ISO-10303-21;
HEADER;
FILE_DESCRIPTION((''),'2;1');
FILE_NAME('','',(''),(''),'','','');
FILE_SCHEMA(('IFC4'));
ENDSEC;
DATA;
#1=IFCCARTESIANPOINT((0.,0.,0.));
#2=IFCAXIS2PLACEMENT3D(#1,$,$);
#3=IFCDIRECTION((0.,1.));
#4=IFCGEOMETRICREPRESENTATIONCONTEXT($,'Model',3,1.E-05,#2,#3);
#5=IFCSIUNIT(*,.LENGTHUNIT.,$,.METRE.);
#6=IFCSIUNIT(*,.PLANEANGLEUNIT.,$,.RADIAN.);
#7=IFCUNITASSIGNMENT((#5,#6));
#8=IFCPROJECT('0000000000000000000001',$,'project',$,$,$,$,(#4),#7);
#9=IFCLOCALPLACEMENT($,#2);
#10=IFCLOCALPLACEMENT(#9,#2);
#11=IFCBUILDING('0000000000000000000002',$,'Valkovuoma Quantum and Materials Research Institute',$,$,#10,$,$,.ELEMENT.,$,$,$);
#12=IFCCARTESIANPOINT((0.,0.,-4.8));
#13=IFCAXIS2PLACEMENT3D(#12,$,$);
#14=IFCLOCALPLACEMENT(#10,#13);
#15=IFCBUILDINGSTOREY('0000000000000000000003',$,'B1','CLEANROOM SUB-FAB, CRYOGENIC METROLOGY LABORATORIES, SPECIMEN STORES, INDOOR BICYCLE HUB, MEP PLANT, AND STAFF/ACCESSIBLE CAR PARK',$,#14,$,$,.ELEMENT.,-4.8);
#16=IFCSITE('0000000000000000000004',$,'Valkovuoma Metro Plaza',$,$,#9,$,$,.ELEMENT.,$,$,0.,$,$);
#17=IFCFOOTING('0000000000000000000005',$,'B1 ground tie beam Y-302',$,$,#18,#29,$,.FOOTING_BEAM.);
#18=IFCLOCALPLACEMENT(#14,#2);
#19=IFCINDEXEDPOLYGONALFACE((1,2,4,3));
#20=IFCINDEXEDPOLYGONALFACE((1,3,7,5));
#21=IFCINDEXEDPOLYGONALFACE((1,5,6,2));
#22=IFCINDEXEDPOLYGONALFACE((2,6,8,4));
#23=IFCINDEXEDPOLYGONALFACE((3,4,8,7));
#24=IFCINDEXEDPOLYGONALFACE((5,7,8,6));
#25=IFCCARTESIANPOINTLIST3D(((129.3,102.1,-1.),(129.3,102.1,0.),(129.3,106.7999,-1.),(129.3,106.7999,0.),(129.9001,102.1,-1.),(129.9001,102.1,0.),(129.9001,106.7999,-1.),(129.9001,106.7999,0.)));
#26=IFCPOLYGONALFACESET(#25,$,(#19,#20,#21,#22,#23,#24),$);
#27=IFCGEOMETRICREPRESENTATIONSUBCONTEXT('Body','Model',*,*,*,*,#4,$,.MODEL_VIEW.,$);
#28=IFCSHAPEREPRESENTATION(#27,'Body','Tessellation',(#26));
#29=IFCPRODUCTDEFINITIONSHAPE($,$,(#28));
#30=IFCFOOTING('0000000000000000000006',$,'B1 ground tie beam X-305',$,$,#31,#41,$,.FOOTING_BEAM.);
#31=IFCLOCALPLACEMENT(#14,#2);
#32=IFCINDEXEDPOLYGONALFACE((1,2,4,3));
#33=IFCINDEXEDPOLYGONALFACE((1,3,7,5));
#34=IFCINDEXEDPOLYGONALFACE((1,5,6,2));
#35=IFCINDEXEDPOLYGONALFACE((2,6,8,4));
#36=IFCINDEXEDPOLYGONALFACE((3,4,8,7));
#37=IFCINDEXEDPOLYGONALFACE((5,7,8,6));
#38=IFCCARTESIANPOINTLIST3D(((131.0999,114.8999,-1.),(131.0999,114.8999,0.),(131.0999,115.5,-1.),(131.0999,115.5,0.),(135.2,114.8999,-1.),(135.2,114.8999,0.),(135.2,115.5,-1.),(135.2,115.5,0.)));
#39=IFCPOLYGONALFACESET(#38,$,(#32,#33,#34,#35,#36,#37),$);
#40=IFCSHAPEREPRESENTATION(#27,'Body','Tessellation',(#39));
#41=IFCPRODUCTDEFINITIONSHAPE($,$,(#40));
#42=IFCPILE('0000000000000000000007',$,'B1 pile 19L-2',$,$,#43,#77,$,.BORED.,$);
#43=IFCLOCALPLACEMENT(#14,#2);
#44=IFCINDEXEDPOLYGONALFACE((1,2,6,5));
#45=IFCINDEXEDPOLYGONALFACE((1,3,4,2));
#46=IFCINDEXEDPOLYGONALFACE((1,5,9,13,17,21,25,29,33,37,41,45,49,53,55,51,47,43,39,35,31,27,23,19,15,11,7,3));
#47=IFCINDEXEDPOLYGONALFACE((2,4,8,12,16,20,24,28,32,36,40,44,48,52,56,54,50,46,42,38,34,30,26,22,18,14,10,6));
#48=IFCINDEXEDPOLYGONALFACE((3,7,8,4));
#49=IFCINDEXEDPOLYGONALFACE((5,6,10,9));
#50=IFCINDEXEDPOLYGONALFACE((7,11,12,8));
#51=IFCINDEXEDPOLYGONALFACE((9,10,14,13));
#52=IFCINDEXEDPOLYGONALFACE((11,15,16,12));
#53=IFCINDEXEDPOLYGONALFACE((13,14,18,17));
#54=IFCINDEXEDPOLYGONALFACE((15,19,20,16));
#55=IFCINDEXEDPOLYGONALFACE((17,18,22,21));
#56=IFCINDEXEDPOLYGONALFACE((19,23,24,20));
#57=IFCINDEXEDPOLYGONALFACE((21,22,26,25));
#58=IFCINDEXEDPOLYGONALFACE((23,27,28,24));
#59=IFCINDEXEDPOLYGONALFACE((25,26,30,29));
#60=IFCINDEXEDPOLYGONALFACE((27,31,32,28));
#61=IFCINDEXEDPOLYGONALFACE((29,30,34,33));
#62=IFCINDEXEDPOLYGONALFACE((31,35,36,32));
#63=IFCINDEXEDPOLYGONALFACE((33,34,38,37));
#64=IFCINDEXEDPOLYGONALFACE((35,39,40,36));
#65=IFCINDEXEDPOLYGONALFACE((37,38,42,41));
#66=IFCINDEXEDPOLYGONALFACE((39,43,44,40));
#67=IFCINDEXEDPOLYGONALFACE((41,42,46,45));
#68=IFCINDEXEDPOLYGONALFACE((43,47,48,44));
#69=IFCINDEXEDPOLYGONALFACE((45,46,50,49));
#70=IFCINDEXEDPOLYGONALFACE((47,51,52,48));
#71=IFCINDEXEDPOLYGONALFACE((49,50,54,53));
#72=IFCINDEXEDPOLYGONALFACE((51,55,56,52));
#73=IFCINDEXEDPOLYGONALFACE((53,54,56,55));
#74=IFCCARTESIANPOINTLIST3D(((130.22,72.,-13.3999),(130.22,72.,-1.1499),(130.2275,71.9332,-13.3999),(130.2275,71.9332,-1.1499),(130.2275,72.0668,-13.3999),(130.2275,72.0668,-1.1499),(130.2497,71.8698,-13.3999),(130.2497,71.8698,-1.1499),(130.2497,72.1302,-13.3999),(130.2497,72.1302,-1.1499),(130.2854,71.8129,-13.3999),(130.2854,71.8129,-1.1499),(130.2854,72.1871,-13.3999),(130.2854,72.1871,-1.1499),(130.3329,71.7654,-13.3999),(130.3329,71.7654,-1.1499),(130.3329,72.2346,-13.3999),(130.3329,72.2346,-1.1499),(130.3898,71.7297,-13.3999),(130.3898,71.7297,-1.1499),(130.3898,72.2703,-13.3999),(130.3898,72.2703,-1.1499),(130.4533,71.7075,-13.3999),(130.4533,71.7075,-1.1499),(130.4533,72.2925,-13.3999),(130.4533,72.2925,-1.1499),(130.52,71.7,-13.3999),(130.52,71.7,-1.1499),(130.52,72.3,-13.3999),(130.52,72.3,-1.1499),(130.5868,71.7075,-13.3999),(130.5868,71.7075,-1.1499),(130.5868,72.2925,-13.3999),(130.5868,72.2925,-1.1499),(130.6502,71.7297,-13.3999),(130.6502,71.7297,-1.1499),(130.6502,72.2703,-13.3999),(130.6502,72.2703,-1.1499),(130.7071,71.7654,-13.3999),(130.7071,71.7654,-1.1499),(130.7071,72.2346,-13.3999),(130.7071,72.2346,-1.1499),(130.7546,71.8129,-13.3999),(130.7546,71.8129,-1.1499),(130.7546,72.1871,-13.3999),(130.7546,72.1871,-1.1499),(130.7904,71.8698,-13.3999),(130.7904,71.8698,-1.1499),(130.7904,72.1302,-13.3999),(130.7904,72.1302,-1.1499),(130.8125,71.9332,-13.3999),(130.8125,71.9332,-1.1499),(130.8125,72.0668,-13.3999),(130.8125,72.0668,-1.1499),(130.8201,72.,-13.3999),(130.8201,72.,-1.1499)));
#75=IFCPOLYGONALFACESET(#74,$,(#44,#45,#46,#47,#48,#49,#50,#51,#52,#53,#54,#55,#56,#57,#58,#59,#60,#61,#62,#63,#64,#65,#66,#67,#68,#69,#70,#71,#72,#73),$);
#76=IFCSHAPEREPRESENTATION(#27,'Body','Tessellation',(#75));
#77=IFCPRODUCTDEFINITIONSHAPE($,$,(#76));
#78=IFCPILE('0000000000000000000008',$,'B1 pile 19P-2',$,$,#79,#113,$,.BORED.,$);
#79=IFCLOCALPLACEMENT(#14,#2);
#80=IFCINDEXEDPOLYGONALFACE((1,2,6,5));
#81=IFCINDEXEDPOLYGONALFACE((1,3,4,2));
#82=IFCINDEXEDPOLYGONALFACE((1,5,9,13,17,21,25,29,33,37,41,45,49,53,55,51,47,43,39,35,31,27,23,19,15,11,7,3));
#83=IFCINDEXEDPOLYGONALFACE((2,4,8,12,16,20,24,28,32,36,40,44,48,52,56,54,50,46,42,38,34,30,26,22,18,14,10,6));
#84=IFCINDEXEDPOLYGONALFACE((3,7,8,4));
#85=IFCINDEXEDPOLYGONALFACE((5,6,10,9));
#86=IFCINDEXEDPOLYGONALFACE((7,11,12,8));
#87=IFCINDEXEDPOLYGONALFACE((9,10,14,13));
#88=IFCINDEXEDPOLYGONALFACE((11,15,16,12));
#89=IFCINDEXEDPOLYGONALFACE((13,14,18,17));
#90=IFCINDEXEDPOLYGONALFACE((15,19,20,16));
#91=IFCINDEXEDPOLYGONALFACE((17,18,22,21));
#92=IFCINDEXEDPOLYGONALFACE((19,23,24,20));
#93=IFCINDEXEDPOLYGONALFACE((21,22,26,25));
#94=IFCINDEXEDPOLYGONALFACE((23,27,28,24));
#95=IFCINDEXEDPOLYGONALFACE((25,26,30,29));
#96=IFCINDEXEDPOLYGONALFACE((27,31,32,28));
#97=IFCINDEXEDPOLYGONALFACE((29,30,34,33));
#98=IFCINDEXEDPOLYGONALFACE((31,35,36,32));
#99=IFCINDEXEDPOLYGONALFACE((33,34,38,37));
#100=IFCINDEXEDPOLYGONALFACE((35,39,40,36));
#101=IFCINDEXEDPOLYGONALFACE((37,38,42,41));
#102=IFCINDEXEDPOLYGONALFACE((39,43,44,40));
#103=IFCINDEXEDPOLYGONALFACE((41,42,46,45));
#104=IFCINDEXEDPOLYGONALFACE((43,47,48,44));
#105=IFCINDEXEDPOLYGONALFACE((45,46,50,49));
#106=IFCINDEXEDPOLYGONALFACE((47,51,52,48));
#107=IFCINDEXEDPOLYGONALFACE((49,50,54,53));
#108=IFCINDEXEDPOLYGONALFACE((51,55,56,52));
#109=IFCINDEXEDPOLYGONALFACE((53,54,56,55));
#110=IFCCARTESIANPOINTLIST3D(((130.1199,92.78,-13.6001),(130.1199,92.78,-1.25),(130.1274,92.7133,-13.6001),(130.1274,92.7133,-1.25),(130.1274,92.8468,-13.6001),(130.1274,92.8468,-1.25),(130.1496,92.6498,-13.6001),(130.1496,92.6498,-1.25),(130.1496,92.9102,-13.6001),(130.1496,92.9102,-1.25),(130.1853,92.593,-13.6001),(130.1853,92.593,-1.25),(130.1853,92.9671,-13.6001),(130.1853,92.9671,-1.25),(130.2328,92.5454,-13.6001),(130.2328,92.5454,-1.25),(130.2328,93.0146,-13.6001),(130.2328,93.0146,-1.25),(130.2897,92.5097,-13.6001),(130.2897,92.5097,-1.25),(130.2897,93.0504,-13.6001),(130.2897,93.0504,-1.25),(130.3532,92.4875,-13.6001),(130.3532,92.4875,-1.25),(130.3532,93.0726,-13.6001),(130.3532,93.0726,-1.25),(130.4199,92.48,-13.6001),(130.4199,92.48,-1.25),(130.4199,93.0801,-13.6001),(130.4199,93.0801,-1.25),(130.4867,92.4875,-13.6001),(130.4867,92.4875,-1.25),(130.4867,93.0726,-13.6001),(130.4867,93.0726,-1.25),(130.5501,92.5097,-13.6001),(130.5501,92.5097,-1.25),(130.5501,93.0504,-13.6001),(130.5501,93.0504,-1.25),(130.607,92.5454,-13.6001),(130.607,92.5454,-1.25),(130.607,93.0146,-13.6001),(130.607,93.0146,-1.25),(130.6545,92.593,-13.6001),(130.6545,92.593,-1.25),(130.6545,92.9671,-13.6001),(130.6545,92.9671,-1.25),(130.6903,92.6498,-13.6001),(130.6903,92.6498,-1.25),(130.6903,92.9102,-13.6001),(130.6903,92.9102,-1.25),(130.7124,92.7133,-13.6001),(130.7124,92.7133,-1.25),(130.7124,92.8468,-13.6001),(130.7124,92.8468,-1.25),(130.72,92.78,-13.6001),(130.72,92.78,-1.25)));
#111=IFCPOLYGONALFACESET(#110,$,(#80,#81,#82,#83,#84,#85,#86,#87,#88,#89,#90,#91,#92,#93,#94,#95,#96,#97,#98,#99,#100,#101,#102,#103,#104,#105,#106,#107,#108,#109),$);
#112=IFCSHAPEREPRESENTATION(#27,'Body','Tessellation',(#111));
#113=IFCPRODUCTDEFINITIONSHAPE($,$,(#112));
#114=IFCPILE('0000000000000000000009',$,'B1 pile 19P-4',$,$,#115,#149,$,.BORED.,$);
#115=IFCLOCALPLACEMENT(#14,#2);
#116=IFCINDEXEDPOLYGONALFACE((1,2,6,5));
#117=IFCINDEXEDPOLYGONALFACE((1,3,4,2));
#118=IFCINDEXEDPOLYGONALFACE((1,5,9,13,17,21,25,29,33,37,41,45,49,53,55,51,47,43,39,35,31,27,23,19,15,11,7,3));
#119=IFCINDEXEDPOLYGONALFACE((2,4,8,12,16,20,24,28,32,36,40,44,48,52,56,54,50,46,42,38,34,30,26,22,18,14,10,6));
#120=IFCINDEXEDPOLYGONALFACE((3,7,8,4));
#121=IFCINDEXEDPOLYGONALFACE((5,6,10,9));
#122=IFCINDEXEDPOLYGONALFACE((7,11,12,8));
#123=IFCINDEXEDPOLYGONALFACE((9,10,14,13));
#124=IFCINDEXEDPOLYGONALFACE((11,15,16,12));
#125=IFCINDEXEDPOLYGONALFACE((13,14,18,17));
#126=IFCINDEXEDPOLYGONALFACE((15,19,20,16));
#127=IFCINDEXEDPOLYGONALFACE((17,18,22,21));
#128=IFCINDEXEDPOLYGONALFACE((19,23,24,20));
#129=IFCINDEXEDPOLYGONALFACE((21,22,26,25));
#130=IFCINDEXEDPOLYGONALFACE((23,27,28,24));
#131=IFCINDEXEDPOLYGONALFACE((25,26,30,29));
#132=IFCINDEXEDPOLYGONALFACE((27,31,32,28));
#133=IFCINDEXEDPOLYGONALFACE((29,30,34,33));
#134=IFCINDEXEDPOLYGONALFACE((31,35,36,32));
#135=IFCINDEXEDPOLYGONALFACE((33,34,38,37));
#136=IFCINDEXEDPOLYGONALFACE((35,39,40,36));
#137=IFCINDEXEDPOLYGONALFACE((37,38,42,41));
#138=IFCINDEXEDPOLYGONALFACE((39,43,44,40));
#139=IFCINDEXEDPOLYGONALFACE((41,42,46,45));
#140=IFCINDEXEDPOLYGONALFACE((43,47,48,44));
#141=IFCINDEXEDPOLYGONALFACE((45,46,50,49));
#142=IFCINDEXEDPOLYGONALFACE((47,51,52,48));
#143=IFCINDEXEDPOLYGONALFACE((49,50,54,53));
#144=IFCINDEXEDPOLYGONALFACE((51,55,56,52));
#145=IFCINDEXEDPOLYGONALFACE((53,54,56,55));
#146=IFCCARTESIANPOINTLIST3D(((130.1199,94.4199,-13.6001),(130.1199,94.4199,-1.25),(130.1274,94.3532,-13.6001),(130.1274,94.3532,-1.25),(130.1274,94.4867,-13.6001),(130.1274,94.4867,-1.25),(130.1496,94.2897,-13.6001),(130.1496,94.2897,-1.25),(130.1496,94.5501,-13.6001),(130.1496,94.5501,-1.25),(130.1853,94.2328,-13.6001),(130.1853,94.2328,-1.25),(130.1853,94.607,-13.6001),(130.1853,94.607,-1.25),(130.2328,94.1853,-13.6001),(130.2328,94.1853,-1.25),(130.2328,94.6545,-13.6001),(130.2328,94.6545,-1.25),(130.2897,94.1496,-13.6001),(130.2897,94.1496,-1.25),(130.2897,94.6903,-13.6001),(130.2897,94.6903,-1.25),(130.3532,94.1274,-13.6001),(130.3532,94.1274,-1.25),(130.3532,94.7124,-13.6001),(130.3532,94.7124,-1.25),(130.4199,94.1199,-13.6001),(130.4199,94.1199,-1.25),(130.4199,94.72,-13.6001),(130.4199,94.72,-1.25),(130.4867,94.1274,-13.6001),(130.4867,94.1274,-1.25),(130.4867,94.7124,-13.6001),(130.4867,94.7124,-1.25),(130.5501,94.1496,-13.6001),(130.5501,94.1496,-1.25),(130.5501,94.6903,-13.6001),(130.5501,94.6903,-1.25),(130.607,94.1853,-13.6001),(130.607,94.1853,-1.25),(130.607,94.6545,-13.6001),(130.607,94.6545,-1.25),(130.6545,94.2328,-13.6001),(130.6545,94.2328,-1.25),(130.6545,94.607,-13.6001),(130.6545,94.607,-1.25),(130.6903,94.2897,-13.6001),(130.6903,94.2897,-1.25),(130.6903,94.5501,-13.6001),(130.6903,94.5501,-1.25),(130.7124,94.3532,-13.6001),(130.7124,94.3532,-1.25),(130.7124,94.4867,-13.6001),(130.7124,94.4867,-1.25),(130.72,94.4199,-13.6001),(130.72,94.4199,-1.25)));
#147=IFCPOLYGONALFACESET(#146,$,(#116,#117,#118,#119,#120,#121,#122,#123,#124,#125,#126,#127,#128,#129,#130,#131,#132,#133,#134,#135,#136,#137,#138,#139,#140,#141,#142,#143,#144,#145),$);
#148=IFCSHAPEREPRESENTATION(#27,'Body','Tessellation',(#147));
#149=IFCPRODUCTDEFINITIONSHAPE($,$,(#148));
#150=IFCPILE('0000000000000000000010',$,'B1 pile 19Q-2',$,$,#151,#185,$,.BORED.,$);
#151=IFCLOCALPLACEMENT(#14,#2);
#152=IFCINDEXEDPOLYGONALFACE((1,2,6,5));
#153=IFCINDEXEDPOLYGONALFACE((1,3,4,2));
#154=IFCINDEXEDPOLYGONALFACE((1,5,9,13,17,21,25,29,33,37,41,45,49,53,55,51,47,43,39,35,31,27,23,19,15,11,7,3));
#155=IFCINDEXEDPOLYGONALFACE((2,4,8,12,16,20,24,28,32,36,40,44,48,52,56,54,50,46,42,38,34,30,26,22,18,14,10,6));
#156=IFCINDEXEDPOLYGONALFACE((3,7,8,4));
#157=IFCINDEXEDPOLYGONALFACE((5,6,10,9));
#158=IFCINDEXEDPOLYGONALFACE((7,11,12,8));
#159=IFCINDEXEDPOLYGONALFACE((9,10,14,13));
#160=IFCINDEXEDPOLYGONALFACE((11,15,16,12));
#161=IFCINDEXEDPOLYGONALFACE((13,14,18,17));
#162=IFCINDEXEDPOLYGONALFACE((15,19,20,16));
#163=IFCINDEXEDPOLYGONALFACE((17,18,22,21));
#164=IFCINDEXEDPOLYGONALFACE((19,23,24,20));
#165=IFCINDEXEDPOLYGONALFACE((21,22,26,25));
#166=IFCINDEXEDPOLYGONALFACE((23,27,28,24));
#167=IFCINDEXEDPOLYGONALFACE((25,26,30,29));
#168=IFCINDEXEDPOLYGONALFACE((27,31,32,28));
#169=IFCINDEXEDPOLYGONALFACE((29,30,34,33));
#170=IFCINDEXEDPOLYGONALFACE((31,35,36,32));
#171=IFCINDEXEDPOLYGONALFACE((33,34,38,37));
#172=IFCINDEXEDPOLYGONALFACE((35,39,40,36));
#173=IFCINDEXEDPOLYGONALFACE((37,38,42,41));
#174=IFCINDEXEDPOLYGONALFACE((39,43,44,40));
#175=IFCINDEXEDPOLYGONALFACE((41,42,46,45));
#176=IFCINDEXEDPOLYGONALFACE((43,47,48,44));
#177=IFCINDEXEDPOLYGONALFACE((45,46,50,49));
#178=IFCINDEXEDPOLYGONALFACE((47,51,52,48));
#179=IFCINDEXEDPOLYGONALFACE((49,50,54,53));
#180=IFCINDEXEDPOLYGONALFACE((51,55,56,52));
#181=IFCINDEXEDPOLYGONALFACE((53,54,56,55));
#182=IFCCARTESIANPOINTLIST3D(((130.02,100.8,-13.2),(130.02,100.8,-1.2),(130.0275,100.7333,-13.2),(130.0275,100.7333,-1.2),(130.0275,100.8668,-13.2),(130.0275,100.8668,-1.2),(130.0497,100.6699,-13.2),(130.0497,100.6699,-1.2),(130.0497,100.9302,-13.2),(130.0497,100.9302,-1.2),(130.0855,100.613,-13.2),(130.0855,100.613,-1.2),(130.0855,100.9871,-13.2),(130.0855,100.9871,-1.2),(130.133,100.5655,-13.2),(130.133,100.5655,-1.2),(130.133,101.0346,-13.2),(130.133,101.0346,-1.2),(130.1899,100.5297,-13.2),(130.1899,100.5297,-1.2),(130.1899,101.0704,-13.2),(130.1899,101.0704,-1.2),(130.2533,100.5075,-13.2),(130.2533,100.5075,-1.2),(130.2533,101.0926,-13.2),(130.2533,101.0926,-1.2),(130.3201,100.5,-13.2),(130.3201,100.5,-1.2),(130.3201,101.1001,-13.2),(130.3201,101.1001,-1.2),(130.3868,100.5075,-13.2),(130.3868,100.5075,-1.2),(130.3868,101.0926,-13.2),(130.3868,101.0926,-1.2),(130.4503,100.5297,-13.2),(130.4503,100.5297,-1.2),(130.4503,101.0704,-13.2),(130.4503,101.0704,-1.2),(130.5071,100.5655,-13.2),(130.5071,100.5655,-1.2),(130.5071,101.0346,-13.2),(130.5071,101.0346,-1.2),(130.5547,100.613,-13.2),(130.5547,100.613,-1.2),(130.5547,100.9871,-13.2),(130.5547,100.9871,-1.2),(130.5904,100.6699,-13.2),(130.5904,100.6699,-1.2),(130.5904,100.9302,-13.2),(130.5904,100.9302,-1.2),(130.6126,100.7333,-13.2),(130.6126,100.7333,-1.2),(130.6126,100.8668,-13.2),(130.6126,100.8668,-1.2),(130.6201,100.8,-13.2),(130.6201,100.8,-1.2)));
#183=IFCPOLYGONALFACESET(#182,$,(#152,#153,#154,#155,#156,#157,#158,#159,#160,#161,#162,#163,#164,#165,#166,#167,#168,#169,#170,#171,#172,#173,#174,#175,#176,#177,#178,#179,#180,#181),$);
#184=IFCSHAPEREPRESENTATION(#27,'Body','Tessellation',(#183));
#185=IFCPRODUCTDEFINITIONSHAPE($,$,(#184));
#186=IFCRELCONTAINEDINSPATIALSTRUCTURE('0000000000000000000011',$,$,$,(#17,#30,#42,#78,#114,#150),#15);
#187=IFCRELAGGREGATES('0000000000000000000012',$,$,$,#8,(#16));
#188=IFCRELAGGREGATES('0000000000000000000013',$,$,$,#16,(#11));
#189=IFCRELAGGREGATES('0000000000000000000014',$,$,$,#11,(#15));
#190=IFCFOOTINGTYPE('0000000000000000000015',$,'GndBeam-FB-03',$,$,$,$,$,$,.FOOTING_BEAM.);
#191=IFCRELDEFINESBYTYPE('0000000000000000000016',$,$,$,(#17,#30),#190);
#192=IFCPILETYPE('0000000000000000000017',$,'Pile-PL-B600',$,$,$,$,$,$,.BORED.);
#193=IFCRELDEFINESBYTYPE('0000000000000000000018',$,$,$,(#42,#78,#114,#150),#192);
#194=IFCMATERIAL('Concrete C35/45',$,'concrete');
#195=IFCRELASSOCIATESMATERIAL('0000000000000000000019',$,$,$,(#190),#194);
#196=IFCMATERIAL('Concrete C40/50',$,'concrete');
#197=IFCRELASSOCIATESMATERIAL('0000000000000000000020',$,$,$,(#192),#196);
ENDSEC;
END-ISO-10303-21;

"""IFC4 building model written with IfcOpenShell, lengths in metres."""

from ifc_helpers import new_model, si_unit, direction, frame, origin, origin_2d, place, context, subcontext, project, spatial, rectangle, circle, extrude, material, material_profile, profile_set, type_object, element, save


model = new_model("IFC4")

# Units and contexts
model_context = context("Model", 3, precision=1e-05, world=origin(), true_north=direction((0.0, 1.0)))
body_context = subcontext(model_context, "Body", "Model", "MODEL_VIEW")
ifc_project = project(units=[si_unit("LENGTHUNIT", "METRE"), si_unit("PLANEANGLEUNIT", "RADIAN")], contexts=[model_context])

# Site, building, storey
site_placement = place(None, origin())
site = spatial("IfcSite", under=ifc_project, at=site_placement, Name="Valkovuoma Metro Plaza", CompositionType="ELEMENT", RefElevation=0.0)
building_placement = place(site_placement, origin())
building = spatial("IfcBuilding", under=site, at=building_placement, Name="Valkovuoma Quantum and Materials Research Institute", CompositionType="ELEMENT")
storey_placement = place(building_placement, frame((0.0, 0.0, -4.8)))
storey = spatial("IfcBuildingStorey", under=building, at=storey_placement, Name="B1", Description="CLEANROOM SUB-FAB, CRYOGENIC METROLOGY LABORATORIES, SPECIMEN STORES, INDOOR BICYCLE HUB, MEP PLANT, AND STAFF/ACCESSIBLE CAR PARK", CompositionType="ELEMENT", Elevation=-4.8)

# Footings
ifc_material_1 = material(Name="Concrete C35/45", Category="concrete")
footing_type_1 = type_object("IfcFootingType", Name="GndBeam-FB-03", PredefinedType="FOOTING_BEAM", material=ifc_material_1)
footing_1_placement = place(storey_placement, frame((129.6001, 104.45, -1.0), z_axis=(0.0, 0.0, 1.0), x_axis=(0.0, 1.0, 0.0)))
element("IfcFooting", 1, at=footing_1_placement, inside=storey, type_object=footing_type_1, Name="B1 ground tie beam Y-302", PredefinedType="FOOTING_BEAM", context=body_context, shape_type="SweptSolid", body=[
    extrude(rectangle(XDim=4.7, YDim=0.6001, at=origin_2d()), origin(), (0.0, 0.0, 1.0), 1.0),
])
footing_2_placement = place(storey_placement, frame((133.1499, 115.2, -1.0), z_axis=(0.0, 0.0, 1.0), x_axis=(1.0, 0.0, 0.0)))
element("IfcFooting", 2, at=footing_2_placement, inside=storey, type_object=footing_type_1, Name="B1 ground tie beam X-305", PredefinedType="FOOTING_BEAM", context=body_context, shape_type="SweptSolid", body=[
    extrude(rectangle(XDim=4.1001, YDim=0.6001, at=origin_2d()), origin(), (0.0, 0.0, 1.0), 1.0),
])

# Piles
ifc_material_2 = material(Name="Concrete C40/50", Category="concrete")
ifc_material_profile_1 = material_profile(ifc_material_2, circle(Radius=0.3, at=origin_2d()), Name="Concrete C40/50")
ifc_profile_set_1 = profile_set([ifc_material_profile_1], Name="Concrete C40/50")
pile_type_1 = type_object("IfcPileType", Name="Pile-PL-B600", PredefinedType="BORED", material=ifc_profile_set_1)
pile_1_placement = place(storey_placement, frame((130.52, 72.0, -1.1499), z_axis=(0.0, 0.0, -1.0), x_axis=(1.0, 0.0, 0.0)))
element("IfcPile", 3, at=pile_1_placement, inside=storey, type_object=pile_type_1, Name="B1 pile 19L-2", PredefinedType="BORED", context=body_context, shape_type="SweptSolid", body=[
    extrude(circle(Radius=0.3, at=origin_2d()), origin(), (0.0, 0.0, 1.0), 12.25),
])
for number, where, z_axis, x_axis, name in (
    (4, (130.4199, 92.78, -1.25), (0.0, 0.0, -1.0), (1.0, 0.0, 0.0), "B1 pile 19P-2"),
    (5, (130.4199, 94.4199, -1.25), (0.0, 0.0, -1.0), (1.0, 0.0, 0.0), "B1 pile 19P-4"),
):
    element("IfcPile", number, at=place(storey_placement, frame(where, z_axis=z_axis, x_axis=x_axis)), inside=storey, type_object=pile_type_1, Name=name, PredefinedType="BORED", context=body_context, shape_type="SweptSolid", body=[
        extrude(circle(Radius=0.3, at=origin_2d()), origin(), (0.0, 0.0, 1.0), 12.3501),
    ])
pile_2_placement = place(storey_placement, frame((130.3201, 100.8, -1.2), z_axis=(0.0, 0.0, -1.0), x_axis=(1.0, 0.0, 0.0)))
element("IfcPile", 6, at=pile_2_placement, inside=storey, type_object=pile_type_1, Name="B1 pile 19Q-2", PredefinedType="BORED", context=body_context, shape_type="SweptSolid", body=[
    extrude(circle(Radius=0.3, at=origin_2d()), origin(), (0.0, 0.0, 1.0), 12.0),
])

save(model, "model.ifc")
